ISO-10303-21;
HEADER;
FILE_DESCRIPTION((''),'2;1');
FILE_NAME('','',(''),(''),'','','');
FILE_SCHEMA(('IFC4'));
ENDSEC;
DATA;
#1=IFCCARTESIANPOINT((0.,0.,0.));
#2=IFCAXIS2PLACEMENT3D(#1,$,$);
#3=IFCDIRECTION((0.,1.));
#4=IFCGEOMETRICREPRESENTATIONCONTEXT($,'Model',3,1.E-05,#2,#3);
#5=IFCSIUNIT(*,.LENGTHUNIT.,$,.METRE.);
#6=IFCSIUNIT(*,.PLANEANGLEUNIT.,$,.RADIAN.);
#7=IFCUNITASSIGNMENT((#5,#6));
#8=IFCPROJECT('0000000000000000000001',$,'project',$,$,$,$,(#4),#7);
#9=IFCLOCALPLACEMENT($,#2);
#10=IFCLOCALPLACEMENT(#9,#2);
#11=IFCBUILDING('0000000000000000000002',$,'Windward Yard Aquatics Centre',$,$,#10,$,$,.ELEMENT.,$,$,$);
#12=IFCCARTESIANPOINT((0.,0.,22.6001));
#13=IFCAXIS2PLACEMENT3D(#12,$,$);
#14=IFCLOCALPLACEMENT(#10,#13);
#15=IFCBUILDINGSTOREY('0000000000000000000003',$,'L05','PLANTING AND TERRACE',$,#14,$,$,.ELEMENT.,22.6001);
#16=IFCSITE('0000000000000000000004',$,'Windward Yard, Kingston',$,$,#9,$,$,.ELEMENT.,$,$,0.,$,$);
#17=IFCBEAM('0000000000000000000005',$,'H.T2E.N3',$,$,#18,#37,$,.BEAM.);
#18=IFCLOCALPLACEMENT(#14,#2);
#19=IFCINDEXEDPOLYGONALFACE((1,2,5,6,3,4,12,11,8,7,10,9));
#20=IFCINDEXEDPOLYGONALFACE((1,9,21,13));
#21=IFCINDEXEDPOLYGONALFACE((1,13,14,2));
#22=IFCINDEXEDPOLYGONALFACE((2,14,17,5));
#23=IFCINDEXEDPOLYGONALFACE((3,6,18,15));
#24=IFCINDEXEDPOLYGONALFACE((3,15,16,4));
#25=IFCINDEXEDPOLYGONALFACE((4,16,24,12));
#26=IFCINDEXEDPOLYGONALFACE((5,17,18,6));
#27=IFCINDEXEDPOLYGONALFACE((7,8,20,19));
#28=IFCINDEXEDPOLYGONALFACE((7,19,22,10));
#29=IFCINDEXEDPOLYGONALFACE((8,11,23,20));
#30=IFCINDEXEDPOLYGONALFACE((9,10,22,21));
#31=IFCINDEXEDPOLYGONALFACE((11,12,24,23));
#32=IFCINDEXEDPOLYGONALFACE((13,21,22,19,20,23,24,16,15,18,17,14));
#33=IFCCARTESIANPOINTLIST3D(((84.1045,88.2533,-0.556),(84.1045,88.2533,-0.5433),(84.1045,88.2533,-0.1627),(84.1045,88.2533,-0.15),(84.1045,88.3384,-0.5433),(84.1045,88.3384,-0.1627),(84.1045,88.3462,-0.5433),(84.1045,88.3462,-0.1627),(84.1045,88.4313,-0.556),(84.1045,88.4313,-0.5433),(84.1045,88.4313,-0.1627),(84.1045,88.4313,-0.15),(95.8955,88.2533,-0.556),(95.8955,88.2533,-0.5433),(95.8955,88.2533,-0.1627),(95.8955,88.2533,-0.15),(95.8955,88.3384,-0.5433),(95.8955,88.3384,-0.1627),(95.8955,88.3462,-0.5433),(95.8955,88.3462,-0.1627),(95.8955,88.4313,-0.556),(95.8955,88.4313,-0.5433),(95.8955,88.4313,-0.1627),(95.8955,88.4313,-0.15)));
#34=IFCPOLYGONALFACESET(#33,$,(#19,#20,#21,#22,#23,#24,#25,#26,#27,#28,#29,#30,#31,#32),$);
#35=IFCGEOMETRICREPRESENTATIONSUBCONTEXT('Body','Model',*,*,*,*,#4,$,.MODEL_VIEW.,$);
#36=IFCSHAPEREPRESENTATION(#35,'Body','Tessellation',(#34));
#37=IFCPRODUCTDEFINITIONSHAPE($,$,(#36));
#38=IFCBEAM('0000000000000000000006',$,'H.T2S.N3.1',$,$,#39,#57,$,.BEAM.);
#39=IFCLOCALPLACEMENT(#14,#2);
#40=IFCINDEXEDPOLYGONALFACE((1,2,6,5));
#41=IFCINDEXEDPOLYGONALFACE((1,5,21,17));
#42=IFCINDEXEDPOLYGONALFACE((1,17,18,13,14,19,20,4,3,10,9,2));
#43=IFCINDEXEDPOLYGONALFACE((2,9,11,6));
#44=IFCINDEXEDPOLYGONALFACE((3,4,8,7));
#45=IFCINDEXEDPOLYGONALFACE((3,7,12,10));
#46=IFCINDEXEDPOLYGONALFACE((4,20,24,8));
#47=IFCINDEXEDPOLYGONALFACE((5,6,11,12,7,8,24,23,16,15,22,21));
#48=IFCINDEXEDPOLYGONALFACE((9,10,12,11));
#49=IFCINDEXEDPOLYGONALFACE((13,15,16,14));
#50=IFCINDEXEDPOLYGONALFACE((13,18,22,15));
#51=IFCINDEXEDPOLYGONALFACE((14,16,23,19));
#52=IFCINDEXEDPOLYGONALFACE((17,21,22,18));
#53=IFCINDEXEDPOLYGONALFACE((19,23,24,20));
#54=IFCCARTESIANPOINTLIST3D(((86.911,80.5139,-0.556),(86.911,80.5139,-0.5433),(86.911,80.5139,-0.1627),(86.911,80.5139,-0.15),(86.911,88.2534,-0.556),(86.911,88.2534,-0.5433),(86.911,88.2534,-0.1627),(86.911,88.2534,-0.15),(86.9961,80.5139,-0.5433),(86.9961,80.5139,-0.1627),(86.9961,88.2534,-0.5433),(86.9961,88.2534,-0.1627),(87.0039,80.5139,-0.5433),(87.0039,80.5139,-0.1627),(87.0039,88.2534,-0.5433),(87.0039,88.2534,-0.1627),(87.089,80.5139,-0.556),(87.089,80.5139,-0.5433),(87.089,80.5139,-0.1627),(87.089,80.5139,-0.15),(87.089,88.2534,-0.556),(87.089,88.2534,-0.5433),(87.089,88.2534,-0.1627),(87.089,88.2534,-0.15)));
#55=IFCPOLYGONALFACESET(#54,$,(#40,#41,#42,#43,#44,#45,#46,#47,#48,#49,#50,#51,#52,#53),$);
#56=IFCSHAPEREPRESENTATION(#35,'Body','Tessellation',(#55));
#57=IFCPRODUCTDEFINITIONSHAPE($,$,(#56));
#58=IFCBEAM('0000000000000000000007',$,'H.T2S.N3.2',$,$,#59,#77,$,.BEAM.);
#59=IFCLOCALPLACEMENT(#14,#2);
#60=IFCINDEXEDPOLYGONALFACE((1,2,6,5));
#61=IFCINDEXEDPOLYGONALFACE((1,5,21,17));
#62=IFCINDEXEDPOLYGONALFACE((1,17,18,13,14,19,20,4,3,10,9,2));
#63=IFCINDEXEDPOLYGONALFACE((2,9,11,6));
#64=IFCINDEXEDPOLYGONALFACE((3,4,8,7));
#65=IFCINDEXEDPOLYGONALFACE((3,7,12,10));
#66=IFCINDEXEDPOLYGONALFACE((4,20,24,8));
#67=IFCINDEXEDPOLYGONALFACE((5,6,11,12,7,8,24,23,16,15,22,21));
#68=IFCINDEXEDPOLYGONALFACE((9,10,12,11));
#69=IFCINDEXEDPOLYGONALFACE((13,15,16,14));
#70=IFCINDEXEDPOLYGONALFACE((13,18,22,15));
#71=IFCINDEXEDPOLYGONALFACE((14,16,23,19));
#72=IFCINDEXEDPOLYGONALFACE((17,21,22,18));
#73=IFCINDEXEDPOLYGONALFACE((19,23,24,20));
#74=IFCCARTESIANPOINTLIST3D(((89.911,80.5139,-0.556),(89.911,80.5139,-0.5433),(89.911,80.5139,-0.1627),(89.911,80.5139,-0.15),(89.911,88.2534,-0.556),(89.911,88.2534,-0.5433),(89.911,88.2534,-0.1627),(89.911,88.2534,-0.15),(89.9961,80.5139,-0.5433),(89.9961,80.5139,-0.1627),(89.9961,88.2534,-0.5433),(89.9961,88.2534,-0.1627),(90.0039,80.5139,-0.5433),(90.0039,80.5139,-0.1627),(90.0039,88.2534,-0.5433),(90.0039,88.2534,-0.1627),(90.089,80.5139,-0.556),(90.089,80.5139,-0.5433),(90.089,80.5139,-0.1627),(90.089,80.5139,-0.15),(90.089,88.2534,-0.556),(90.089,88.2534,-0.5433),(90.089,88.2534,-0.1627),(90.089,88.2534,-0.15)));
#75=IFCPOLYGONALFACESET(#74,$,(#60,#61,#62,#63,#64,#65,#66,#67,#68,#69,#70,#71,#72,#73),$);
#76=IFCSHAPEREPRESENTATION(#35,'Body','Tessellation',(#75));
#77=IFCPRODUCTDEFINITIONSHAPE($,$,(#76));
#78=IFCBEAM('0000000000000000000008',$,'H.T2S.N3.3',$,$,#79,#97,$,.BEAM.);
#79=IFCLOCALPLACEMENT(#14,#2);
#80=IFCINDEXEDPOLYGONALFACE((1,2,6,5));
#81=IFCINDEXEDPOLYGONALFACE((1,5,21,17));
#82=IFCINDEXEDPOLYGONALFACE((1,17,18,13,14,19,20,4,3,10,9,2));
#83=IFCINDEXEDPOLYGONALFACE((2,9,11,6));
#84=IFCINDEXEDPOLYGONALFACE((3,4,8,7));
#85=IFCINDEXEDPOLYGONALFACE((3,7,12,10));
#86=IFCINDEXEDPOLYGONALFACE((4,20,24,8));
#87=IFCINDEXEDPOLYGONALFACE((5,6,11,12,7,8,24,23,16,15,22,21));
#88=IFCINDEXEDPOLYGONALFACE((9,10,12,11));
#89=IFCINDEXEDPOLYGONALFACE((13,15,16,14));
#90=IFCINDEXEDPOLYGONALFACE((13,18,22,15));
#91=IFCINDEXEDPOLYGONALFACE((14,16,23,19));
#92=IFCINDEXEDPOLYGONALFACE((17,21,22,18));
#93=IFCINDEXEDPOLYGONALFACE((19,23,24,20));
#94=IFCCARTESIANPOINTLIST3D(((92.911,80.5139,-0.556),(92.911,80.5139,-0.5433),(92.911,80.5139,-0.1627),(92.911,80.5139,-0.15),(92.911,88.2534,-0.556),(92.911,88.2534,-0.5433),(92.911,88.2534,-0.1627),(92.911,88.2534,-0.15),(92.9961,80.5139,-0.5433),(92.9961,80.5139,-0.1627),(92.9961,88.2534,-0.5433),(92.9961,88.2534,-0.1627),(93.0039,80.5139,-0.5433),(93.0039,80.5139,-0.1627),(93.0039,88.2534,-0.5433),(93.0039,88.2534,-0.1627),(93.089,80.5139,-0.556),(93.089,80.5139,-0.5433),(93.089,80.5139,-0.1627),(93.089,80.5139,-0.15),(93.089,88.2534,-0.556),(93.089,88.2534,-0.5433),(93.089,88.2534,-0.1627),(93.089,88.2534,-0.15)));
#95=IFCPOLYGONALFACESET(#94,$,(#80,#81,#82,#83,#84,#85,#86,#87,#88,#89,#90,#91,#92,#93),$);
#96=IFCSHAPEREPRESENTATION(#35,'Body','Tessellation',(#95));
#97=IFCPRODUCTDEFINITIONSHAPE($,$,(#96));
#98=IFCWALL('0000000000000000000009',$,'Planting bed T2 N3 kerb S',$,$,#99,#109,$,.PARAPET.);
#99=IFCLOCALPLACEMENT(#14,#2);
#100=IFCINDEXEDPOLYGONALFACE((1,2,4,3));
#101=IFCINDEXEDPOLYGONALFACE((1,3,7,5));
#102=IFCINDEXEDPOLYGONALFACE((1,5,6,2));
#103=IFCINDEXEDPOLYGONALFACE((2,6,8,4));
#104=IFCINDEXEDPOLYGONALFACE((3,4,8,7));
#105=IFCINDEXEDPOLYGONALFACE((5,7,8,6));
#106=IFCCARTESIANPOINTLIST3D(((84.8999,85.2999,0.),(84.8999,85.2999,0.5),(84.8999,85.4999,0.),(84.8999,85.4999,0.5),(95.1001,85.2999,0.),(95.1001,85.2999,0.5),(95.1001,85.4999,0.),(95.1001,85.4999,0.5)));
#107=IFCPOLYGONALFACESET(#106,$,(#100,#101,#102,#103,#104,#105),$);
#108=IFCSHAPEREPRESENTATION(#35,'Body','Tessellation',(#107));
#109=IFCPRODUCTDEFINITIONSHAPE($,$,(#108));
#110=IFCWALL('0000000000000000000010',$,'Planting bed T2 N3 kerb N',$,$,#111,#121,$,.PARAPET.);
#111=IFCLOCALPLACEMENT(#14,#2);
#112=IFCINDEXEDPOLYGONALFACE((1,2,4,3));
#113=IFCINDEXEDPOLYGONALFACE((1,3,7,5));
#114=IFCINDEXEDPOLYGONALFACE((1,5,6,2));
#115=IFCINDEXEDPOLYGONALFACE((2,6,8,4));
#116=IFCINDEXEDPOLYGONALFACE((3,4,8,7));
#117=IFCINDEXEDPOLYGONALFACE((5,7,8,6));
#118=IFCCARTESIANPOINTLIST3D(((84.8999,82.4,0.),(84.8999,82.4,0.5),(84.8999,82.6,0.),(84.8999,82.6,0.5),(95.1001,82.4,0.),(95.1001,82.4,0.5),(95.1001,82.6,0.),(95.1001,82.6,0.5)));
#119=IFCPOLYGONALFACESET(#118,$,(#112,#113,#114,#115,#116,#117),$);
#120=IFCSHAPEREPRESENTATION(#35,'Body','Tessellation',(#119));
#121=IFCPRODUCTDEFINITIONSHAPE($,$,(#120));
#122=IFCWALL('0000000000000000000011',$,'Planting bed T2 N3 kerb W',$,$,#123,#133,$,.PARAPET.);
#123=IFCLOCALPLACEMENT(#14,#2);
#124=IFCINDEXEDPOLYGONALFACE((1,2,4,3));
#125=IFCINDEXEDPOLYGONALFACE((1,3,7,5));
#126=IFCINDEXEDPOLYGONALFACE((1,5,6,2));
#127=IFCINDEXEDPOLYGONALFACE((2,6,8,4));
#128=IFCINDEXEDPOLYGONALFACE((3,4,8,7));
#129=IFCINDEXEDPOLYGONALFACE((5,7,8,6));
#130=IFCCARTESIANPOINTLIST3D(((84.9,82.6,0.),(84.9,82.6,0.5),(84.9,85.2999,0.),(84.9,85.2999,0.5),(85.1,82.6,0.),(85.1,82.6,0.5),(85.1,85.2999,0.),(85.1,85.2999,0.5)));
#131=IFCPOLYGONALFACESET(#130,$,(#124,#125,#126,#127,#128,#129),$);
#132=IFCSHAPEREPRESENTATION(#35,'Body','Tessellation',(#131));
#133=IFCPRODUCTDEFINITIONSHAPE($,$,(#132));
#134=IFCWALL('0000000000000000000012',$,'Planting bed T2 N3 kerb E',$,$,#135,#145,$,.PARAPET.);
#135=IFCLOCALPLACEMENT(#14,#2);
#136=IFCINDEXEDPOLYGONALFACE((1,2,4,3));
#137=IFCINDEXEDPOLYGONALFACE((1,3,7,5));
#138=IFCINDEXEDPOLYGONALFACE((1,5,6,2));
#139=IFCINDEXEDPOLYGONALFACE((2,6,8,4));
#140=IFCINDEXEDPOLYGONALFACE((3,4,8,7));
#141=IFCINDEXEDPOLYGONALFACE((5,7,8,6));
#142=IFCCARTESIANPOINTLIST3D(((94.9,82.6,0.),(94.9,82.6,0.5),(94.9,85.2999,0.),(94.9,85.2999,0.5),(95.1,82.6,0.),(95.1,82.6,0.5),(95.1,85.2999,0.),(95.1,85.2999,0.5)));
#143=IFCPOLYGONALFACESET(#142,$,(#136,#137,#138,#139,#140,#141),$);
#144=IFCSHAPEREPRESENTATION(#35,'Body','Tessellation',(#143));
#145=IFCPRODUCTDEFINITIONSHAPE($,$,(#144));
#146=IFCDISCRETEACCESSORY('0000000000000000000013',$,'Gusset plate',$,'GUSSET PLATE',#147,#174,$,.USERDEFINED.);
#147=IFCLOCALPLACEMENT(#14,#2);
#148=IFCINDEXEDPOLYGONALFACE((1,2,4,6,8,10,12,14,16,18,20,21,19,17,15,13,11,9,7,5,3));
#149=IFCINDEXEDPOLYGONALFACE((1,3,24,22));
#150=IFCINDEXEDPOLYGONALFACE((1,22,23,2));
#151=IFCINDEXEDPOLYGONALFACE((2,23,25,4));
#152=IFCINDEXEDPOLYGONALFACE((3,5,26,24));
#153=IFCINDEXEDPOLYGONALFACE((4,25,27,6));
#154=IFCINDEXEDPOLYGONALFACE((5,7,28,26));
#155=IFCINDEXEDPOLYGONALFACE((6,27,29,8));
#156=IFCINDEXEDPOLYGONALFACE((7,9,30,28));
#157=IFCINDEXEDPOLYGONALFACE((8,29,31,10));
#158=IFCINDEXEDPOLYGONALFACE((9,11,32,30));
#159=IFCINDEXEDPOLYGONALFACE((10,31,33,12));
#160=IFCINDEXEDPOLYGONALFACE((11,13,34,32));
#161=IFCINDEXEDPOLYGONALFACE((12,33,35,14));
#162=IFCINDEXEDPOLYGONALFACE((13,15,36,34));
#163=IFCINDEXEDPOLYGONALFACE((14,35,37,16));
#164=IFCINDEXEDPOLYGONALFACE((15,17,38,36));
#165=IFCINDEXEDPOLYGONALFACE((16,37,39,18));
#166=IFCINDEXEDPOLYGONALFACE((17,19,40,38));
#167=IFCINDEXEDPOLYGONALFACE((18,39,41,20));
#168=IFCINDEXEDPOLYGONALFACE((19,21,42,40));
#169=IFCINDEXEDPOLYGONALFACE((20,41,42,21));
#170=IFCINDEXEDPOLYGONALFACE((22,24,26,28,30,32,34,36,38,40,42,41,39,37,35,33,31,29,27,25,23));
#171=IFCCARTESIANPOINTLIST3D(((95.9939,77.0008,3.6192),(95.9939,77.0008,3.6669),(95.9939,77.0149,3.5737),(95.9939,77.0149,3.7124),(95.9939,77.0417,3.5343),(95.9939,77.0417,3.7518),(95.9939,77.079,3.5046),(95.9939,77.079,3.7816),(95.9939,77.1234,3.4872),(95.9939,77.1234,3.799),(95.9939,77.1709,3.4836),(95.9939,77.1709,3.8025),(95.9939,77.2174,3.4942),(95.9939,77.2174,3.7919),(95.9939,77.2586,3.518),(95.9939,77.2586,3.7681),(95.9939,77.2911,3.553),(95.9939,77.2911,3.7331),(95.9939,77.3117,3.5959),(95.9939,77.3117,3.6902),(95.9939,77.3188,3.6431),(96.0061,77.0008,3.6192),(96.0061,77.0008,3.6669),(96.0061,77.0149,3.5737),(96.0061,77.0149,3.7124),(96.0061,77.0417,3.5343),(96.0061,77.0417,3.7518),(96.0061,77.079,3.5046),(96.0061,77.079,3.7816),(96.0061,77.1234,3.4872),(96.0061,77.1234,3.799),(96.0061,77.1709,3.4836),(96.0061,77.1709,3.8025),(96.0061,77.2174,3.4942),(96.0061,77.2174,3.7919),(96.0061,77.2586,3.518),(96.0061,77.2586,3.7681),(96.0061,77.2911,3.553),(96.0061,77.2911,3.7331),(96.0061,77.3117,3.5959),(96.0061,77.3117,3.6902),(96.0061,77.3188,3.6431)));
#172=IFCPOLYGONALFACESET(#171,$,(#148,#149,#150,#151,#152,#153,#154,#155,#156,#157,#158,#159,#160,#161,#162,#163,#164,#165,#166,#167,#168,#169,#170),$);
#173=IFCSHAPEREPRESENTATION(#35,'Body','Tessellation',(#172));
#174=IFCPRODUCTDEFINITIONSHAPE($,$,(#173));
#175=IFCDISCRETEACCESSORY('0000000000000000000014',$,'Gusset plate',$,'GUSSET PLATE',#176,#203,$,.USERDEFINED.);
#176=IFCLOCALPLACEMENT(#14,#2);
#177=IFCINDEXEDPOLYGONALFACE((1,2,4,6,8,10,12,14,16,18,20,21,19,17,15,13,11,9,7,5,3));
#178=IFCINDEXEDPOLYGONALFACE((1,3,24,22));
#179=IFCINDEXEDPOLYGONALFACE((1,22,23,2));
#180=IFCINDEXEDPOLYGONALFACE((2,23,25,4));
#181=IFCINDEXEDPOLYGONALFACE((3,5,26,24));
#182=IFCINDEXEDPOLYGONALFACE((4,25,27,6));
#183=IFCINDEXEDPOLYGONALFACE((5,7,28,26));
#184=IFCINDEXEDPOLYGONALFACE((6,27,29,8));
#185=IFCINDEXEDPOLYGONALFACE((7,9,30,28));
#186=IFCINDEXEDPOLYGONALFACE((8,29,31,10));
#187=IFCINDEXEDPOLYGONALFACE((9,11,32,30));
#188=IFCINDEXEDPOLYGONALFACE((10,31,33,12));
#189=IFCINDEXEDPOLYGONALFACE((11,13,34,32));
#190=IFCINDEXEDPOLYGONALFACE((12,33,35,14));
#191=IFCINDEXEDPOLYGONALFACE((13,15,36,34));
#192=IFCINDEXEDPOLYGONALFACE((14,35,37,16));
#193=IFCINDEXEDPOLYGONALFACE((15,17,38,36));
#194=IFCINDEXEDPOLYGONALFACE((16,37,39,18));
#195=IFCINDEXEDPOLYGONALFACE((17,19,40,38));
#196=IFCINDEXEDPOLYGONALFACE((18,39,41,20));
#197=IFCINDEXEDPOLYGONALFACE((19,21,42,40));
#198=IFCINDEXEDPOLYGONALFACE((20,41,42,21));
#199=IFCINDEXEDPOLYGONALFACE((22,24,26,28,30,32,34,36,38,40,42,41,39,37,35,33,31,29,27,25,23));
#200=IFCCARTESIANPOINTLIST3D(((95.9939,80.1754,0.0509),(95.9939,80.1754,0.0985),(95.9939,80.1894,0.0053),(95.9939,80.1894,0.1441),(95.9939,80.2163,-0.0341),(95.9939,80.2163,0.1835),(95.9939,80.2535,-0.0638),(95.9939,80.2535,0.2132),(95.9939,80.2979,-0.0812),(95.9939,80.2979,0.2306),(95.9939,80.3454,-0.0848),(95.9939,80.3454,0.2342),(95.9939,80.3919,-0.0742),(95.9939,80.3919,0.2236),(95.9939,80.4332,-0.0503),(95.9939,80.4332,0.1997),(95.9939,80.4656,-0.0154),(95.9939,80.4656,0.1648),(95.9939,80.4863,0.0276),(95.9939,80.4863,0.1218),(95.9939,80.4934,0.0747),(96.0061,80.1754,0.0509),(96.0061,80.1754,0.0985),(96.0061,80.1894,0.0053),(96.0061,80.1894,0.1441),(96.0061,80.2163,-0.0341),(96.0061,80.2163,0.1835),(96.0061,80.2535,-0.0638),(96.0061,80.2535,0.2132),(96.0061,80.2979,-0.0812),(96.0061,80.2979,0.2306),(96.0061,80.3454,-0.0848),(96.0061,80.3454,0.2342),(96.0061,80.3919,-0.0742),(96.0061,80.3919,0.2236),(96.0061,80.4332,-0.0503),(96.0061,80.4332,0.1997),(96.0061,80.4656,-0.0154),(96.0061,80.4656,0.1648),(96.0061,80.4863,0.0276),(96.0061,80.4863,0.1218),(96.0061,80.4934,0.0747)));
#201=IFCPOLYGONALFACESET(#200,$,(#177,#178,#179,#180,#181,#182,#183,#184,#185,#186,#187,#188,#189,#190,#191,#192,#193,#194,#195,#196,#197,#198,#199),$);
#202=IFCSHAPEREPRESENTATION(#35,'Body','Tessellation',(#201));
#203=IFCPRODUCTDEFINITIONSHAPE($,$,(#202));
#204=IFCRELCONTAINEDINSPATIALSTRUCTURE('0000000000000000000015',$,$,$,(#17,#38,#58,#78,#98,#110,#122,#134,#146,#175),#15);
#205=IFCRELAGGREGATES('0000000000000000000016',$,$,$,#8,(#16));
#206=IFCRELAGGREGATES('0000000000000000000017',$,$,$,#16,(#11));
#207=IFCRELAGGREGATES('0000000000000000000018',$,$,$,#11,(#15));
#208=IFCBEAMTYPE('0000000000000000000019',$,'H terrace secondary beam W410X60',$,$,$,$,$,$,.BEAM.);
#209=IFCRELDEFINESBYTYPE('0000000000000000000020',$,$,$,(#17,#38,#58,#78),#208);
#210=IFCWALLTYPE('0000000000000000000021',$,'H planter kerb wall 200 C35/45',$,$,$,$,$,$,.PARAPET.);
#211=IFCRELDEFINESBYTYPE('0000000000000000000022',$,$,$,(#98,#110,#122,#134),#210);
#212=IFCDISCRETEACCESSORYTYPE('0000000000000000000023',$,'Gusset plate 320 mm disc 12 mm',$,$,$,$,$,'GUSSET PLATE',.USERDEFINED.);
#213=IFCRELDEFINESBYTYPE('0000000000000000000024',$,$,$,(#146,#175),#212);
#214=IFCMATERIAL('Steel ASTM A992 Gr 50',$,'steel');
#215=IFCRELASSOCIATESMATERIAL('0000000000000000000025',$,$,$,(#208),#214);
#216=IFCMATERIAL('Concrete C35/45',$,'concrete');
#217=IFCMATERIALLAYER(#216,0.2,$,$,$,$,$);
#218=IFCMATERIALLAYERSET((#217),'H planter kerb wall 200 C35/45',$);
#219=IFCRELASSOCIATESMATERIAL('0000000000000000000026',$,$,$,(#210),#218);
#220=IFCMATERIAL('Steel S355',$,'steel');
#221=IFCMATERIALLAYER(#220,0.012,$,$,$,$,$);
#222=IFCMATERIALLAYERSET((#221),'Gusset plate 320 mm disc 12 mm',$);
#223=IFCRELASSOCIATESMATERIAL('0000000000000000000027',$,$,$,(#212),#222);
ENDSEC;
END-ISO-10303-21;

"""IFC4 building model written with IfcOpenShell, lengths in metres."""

from ifc_helpers import new_model, si_unit, direction, frame, frame_2d, origin, origin_2d, place, context, subcontext, project, spatial, rectangle, circle, i_section, extrude, material, layer, layer_set, material_profile, profile_set, type_object, element, save


model = new_model("IFC4")

# Units and contexts
model_context = context("Model", 3, precision=1e-05, world=origin(), true_north=direction((0.0, 1.0)))
body_context = subcontext(model_context, "Body", "Model", "MODEL_VIEW")
ifc_project = project(units=[si_unit("LENGTHUNIT", "METRE"), si_unit("PLANEANGLEUNIT", "RADIAN")], contexts=[model_context])

# Site, building, storey
site_placement = place(None, origin())
site = spatial("IfcSite", under=ifc_project, at=site_placement, Name="Windward Yard, Kingston", CompositionType="ELEMENT", RefElevation=0.0)
building_placement = place(site_placement, origin())
building = spatial("IfcBuilding", under=site, at=building_placement, Name="Windward Yard Aquatics Centre", CompositionType="ELEMENT")
storey_placement = place(building_placement, frame((0.0, 0.0, 22.6001)))
storey = spatial("IfcBuildingStorey", under=building, at=storey_placement, Name="L05", Description="PLANTING AND TERRACE", CompositionType="ELEMENT", Elevation=22.6001)

# Shared definitions
ifc_material_1 = material(Name="Steel ASTM A992 Gr 50", Category="steel")

# Beams
ifc_material_profile_1 = material_profile(ifc_material_1, i_section(OverallWidth=0.178, OverallDepth=0.406, WebThickness=0.0078, FlangeThickness=0.0127, at=origin_2d()), Name="W410X60")
ifc_profile_set_1 = profile_set([ifc_material_profile_1], Name="Steel ASTM A992 Gr 50")
beam_type_1 = type_object("IfcBeamType", Name="H terrace secondary beam W410X60", PredefinedType="BEAM", material=ifc_profile_set_1)
beam_1_placement = place(storey_placement, frame((84.1045, 88.3423, -0.353), z_axis=(1.0, 0.0, 0.0), x_axis=(0.0, 1.0, 0.0)))
element("IfcBeam", 1, at=beam_1_placement, inside=storey, type_object=beam_type_1, Name="H.T2E.N3", PredefinedType="BEAM", context=body_context, shape_type="SweptSolid", body=[
    extrude(i_section(OverallWidth=0.178, OverallDepth=0.406, WebThickness=0.0078, FlangeThickness=0.0127, at=origin_2d()), origin(), (0.0, 0.0, 1.0), 11.791),
])
for number, where, z_axis, x_axis, name in (
    (2, (87.0, 88.2534, -0.353), (0.0, -1.0, 0.0), (1.0, 0.0, 0.0), "H.T2S.N3.1"),
    (3, (90.0, 88.2534, -0.353), (0.0, -1.0, 0.0), (1.0, 0.0, 0.0), "H.T2S.N3.2"),
    (4, (93.0, 88.2534, -0.353), (0.0, -1.0, 0.0), (1.0, 0.0, 0.0), "H.T2S.N3.3"),
):
    element("IfcBeam", number, at=place(storey_placement, frame(where, z_axis=z_axis, x_axis=x_axis)), inside=storey, type_object=beam_type_1, Name=name, PredefinedType="BEAM", context=body_context, shape_type="SweptSolid", body=[
        extrude(i_section(OverallWidth=0.178, OverallDepth=0.406, WebThickness=0.0078, FlangeThickness=0.0127, at=origin_2d()), origin(), (0.0, 0.0, 1.0), 7.7395),
    ])

# Walls
ifc_material_2 = material(Name="Concrete C35/45", Category="concrete")
ifc_layer_1 = layer(ifc_material_2, 0.2)
ifc_layer_set_1 = layer_set([ifc_layer_1], Name="H planter kerb wall 200 C35/45")
wall_type = type_object("IfcWallType", Name="H planter kerb wall 200 C35/45", PredefinedType="PARAPET", material=ifc_layer_set_1)
for number, where, z_axis, x_axis, name in (
    (5, (84.8999, 85.3999, 0.0), (0.0, 0.0, 1.0), (1.0, 0.0, 0.0), "Planting bed T2 N3 kerb S"),
    (6, (84.8999, 82.5, 0.0), (0.0, 0.0, 1.0), (1.0, 0.0, 0.0), "Planting bed T2 N3 kerb N"),
):
    element("IfcWall", number, at=place(storey_placement, frame(where, z_axis=z_axis, x_axis=x_axis)), inside=storey, type_object=wall_type, Name=name, PredefinedType="PARAPET", context=body_context, shape_type="SweptSolid", body=[
        extrude(rectangle(XDim=10.2002, YDim=0.2, at=frame_2d((5.1001, 0.0))), origin(), (0.0, 0.0, 1.0), 0.5),
    ])
for number, where, z_axis, x_axis, name in (
    (7, (85.0, 85.3, 0.0), (0.0, 0.0, 1.0), (0.0, -1.0, 0.0), "Planting bed T2 N3 kerb W"),
    (8, (95.0, 85.3, 0.0), (0.0, 0.0, 1.0), (0.0, -1.0, 0.0), "Planting bed T2 N3 kerb E"),
):
    element("IfcWall", number, at=place(storey_placement, frame(where, z_axis=z_axis, x_axis=x_axis)), inside=storey, type_object=wall_type, Name=name, PredefinedType="PARAPET", context=body_context, shape_type="SweptSolid", body=[
        extrude(rectangle(XDim=2.7, YDim=0.2, at=frame_2d((1.3501, 0.0))), origin(), (0.0, 0.0, 1.0), 0.5),
    ])

# Discrete accessories
ifc_material_3 = material(Name="Steel S355", Category="steel")
ifc_layer_2 = layer(ifc_material_3, 0.012)
ifc_layer_set_2 = layer_set([ifc_layer_2], Name="Gusset plate 320 mm disc 12 mm")
discrete_accessory_type = type_object("IfcDiscreteAccessoryType", Name="Gusset plate 320 mm disc 12 mm", ElementType="GUSSET PLATE", PredefinedType="USERDEFINED", material=ifc_layer_set_2)
for number, where, z_axis, x_axis, name in (
    (9, (95.9939, 77.1589, 3.6431), (1.0, 0.0, 0.0), (0.0, 1.0, 0.0), "Gusset plate"),
    (10, (95.9939, 80.3335, 0.0747), (1.0, 0.0, 0.0), (0.0, 1.0, 0.0), "Gusset plate"),
):
    element("IfcDiscreteAccessory", number, at=place(storey_placement, frame(where, z_axis=z_axis, x_axis=x_axis)), inside=storey, type_object=discrete_accessory_type, Name=name, ObjectType="GUSSET PLATE", PredefinedType="USERDEFINED", context=body_context, shape_type="SweptSolid", body=[
        extrude(circle(Radius=0.1599, at=origin_2d()), origin(), (0.0, 0.0, 1.0), 0.0122),
    ])

save(model, "model.ifc")
